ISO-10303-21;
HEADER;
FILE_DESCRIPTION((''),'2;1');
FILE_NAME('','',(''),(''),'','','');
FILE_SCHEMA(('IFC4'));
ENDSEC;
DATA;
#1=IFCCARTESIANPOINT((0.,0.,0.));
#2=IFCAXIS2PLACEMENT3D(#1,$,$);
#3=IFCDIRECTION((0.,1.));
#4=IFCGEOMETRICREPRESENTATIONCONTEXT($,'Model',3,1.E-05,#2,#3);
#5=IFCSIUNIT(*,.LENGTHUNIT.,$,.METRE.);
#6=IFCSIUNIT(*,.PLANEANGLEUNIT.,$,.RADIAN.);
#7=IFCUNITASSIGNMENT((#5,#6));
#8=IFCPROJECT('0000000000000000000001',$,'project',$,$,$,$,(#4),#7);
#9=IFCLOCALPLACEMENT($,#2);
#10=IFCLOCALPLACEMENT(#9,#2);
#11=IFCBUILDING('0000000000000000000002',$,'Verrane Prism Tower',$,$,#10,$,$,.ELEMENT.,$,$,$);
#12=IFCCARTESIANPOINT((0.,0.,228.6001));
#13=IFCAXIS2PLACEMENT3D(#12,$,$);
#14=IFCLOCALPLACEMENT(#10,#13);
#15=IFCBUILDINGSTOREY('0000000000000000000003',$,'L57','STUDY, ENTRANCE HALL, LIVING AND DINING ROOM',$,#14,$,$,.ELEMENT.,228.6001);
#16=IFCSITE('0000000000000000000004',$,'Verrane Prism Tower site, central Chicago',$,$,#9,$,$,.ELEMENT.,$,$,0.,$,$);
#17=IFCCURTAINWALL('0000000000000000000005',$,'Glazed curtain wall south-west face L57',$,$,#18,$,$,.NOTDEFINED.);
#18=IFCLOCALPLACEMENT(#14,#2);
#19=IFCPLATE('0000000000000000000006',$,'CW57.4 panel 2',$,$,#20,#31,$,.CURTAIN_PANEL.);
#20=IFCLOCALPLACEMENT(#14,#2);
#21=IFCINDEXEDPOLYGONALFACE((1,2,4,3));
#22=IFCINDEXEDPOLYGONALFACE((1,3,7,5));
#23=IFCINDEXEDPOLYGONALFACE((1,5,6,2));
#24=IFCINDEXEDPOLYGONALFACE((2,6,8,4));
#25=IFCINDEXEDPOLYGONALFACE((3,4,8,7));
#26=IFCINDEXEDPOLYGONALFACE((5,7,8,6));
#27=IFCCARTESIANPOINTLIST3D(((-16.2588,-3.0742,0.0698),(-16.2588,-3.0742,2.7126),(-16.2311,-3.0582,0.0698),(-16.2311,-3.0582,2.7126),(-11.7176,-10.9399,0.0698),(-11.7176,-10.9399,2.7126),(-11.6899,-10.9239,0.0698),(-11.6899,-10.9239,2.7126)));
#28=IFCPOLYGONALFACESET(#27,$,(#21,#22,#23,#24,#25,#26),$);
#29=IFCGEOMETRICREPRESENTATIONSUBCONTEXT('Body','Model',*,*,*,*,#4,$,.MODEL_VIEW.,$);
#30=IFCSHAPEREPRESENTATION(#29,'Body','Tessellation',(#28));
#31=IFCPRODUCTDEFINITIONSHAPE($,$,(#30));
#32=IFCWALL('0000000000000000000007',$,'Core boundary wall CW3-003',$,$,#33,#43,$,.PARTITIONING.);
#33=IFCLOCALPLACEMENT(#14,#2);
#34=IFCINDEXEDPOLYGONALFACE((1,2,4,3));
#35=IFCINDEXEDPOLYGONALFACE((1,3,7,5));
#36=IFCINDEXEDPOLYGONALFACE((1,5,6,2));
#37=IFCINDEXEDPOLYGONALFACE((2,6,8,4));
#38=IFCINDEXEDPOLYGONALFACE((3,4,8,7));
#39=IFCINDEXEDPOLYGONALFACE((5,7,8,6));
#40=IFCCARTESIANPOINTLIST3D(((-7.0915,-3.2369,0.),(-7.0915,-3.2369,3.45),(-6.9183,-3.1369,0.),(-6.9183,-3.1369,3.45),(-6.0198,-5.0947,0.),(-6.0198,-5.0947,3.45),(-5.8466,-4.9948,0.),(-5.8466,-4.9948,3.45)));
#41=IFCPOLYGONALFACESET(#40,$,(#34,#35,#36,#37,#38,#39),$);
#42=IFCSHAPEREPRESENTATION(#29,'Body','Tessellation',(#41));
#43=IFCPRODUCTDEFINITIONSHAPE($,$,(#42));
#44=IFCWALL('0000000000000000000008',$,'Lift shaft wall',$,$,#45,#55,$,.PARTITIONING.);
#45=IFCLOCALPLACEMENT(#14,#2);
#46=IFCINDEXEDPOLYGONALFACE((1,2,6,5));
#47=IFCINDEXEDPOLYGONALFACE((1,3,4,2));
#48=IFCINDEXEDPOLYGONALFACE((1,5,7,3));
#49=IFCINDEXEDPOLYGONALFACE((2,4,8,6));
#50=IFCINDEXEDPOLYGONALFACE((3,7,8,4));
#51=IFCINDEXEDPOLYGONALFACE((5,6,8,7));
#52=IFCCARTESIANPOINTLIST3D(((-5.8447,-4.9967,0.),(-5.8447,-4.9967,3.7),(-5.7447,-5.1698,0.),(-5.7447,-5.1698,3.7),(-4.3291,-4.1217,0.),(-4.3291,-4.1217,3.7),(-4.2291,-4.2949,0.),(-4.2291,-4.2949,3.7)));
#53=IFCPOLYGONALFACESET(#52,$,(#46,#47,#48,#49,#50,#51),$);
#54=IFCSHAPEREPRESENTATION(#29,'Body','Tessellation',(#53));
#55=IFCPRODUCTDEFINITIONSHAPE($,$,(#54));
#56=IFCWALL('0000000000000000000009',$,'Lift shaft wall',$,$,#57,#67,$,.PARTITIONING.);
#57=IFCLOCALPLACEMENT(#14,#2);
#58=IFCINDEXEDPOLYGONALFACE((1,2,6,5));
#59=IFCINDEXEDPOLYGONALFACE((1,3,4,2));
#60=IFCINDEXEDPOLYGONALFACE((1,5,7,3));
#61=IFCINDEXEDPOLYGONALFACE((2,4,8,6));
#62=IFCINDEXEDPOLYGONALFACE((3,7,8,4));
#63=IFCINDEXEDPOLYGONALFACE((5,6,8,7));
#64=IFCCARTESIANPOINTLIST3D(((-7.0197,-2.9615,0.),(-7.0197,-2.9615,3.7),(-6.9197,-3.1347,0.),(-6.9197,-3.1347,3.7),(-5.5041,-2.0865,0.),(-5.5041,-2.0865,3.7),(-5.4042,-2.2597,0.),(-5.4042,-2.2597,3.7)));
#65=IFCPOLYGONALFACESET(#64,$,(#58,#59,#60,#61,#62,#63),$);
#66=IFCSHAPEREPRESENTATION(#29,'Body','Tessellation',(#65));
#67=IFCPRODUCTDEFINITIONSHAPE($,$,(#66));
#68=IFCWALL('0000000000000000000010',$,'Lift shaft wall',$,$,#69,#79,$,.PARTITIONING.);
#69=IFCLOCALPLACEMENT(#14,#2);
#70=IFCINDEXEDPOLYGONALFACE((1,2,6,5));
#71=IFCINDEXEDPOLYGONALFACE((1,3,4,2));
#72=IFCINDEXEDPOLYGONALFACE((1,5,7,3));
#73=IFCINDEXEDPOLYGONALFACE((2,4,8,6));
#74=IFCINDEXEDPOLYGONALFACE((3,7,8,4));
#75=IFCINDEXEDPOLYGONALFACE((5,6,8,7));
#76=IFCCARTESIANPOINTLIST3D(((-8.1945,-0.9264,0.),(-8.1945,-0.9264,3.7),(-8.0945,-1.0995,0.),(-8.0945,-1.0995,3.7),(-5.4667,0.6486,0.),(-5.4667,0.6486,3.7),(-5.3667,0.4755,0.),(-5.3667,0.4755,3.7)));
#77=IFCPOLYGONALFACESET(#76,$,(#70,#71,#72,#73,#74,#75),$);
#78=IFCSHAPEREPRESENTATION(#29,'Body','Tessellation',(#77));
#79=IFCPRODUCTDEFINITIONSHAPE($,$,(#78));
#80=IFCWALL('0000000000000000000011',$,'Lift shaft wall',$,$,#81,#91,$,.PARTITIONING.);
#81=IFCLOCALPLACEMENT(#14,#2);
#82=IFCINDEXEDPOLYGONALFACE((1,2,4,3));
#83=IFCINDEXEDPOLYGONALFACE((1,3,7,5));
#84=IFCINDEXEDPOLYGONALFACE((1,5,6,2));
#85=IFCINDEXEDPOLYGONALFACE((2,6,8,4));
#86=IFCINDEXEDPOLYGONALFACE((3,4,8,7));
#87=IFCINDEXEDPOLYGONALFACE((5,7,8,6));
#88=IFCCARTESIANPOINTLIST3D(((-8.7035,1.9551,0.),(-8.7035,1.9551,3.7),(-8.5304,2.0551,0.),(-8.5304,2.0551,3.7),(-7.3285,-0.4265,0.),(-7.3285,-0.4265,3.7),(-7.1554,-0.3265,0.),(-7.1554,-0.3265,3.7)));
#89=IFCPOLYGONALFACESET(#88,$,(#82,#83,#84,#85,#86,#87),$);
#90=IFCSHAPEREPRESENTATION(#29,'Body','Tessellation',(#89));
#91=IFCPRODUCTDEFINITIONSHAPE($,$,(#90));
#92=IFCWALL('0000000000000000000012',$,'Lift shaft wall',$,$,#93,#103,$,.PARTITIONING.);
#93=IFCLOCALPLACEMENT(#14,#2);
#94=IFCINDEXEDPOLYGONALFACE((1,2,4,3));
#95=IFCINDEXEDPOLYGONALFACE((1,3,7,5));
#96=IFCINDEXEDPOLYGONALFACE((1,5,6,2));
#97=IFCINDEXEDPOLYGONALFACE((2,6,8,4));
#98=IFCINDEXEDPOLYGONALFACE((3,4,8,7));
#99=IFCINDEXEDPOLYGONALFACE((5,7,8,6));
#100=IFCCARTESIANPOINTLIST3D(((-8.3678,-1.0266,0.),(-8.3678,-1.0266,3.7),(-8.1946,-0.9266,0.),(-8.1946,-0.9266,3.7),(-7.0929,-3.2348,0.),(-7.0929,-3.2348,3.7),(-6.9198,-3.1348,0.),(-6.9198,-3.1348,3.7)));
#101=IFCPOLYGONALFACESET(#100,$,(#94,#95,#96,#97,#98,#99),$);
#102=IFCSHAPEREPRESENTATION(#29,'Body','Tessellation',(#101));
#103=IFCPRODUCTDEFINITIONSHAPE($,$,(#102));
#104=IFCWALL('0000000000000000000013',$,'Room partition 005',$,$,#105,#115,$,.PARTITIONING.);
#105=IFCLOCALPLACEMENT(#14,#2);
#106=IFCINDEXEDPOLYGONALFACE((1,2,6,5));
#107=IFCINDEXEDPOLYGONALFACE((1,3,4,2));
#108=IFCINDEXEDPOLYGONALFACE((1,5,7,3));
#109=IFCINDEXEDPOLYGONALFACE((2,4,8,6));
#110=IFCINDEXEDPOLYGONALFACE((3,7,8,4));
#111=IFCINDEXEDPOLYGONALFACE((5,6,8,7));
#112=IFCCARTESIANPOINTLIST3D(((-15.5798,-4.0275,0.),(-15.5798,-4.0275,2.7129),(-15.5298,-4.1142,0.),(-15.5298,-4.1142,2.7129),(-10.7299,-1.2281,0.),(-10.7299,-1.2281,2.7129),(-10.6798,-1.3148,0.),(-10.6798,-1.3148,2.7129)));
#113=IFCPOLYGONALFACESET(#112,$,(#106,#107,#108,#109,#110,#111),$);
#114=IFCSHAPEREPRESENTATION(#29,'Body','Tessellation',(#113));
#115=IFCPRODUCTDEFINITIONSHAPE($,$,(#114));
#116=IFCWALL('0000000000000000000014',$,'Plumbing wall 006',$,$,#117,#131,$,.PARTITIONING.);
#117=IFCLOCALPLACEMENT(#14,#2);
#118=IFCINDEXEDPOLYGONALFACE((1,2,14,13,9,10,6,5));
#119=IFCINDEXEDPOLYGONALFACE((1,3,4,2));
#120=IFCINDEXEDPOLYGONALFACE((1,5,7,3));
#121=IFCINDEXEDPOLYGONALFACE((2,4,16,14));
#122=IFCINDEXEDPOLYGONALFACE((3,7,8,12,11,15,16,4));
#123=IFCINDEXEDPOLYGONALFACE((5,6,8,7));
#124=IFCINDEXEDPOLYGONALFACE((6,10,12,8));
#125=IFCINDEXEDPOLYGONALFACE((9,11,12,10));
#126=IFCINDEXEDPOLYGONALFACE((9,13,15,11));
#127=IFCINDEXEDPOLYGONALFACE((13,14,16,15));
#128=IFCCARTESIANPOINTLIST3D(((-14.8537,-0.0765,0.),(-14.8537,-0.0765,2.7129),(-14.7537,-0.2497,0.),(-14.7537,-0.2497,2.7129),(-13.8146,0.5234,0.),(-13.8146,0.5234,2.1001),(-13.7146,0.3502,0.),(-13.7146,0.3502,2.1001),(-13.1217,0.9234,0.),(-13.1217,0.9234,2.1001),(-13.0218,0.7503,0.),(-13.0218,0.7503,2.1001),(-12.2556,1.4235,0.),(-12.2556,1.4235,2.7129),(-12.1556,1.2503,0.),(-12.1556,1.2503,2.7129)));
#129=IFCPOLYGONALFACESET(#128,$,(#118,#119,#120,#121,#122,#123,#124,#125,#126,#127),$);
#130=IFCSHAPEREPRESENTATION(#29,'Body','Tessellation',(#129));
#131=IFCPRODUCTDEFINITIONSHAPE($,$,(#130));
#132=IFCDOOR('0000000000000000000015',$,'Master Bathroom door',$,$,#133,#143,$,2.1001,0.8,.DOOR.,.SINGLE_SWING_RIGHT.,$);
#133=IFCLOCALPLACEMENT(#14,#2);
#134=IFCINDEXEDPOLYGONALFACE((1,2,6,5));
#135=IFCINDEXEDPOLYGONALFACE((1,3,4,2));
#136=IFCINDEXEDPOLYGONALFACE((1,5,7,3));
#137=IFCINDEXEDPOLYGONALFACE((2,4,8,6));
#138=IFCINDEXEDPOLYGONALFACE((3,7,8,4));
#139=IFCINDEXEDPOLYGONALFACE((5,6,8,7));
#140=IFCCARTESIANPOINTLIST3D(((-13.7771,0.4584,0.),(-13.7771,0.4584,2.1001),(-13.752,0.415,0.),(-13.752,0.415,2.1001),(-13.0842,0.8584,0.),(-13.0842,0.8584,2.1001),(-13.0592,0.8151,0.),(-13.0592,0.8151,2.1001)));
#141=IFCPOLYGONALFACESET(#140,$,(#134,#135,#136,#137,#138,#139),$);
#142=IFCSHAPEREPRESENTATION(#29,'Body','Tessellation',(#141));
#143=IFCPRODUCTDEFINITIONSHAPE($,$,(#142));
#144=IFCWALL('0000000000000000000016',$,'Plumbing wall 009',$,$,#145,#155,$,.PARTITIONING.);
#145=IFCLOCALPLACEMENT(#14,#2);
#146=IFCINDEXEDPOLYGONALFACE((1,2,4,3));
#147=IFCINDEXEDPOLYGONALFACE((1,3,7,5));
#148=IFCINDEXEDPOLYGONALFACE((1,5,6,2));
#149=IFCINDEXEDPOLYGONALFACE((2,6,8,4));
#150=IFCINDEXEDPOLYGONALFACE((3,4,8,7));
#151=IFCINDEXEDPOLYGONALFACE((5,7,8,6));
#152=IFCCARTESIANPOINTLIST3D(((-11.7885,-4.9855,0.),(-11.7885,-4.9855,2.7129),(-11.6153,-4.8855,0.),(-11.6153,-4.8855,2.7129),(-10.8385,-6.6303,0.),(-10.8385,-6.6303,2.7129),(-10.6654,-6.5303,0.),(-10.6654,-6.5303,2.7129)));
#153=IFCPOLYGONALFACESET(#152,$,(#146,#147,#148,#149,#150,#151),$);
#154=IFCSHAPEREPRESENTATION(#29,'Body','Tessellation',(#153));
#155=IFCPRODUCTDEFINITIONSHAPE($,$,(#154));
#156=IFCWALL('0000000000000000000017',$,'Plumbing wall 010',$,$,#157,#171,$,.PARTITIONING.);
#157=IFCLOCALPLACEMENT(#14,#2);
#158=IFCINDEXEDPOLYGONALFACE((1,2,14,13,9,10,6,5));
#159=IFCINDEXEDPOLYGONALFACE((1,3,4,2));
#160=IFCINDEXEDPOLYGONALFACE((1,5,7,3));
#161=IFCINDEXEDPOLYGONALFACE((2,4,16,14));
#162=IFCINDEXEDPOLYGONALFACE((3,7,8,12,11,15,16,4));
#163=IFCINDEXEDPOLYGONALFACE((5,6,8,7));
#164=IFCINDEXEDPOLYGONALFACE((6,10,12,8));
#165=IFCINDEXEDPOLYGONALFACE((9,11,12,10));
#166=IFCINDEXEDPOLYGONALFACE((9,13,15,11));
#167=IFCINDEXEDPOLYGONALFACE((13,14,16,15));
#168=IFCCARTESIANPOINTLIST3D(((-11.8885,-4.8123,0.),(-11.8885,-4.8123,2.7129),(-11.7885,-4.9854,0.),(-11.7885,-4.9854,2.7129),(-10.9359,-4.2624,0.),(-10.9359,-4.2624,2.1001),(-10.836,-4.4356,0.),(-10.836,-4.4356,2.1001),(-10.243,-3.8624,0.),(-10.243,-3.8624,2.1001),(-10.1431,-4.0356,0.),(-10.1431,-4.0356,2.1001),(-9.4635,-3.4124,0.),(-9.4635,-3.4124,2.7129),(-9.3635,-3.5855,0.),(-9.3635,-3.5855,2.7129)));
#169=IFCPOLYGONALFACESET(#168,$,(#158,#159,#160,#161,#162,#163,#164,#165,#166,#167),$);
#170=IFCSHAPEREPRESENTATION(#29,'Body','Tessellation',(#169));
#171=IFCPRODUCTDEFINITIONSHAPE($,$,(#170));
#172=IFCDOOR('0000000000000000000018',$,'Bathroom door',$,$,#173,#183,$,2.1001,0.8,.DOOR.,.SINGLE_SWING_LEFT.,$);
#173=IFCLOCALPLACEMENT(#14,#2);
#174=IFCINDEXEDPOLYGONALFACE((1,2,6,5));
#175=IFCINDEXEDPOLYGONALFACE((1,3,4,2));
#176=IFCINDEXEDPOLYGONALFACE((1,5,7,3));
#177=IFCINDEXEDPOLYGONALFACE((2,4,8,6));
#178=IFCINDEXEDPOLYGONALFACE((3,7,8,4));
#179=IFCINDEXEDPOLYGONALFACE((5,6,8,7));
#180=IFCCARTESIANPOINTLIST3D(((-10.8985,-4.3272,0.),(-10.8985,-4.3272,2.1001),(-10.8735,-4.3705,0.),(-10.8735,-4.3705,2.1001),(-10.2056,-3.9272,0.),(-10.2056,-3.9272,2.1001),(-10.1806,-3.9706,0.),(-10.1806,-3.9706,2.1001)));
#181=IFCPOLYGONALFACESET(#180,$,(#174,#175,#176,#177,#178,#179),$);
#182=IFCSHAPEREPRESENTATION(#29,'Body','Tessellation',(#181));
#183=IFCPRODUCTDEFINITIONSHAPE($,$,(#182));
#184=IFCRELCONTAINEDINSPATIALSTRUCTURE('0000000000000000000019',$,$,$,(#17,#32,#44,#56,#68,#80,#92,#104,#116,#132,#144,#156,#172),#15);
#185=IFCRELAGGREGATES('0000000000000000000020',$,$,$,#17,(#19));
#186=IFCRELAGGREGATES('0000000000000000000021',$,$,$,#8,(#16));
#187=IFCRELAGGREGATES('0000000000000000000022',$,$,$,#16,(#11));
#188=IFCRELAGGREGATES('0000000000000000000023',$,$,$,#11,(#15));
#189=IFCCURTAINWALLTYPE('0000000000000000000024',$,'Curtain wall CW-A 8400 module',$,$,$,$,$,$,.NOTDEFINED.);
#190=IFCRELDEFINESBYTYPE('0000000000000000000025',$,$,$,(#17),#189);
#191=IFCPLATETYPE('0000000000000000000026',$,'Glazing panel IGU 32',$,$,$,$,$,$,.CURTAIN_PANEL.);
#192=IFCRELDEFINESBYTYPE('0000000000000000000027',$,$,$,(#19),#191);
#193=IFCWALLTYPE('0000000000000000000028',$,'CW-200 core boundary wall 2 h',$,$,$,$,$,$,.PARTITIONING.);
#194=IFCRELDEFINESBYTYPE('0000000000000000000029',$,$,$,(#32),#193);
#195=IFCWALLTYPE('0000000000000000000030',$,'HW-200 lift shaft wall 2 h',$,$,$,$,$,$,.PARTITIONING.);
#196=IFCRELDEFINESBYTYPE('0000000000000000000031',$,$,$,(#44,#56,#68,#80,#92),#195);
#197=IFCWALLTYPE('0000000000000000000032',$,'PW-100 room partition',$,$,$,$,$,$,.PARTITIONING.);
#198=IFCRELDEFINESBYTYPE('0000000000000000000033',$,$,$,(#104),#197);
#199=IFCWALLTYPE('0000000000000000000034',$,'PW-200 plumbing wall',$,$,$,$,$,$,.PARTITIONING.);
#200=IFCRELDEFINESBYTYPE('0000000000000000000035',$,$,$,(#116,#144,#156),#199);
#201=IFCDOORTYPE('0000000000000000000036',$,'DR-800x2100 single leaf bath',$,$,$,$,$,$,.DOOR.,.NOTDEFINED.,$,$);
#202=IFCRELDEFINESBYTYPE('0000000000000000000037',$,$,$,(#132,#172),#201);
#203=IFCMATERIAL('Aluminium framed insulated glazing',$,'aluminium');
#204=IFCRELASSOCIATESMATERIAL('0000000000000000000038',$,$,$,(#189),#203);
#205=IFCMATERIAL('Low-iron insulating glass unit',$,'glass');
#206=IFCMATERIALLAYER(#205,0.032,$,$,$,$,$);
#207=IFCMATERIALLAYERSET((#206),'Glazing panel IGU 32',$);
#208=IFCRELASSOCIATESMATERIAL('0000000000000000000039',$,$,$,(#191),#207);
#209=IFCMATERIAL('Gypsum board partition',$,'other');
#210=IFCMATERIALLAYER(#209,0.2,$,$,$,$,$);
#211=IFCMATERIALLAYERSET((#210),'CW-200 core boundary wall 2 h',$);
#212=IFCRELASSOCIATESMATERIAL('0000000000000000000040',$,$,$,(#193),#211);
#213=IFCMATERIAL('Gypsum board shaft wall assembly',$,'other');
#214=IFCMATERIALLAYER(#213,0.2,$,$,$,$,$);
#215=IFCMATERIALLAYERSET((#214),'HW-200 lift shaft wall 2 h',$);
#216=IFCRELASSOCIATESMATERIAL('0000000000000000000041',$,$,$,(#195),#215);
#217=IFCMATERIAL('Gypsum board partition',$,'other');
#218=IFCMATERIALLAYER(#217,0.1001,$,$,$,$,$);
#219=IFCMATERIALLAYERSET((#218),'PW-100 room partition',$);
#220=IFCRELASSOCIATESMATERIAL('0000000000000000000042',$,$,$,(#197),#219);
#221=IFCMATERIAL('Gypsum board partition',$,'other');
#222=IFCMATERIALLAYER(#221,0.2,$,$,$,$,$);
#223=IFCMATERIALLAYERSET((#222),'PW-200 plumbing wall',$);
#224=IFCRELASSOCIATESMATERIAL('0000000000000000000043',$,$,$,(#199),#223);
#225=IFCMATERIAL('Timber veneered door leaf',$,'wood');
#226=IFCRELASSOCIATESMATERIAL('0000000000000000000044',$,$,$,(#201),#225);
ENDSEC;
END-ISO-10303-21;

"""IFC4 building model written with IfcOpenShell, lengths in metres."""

from ifc_helpers import new_model, si_unit, direction, frame, frame_2d, origin, origin_2d, place, context, subcontext, project, spatial, rectangle, extrude, material, layer, layer_set, type_object, element, fill, aggregate, save


model = new_model("IFC4")

# Units and contexts
model_context = context("Model", 3, precision=1e-05, world=origin(), true_north=direction((0.0, 1.0)))
body_context = subcontext(model_context, "Body", "Model", "MODEL_VIEW")
ifc_project = project(units=[si_unit("LENGTHUNIT", "METRE"), si_unit("PLANEANGLEUNIT", "RADIAN")], contexts=[model_context])

# Site, building, storey
site_placement = place(None, origin())
site = spatial("IfcSite", under=ifc_project, at=site_placement, Name="Verrane Prism Tower site, central Chicago", CompositionType="ELEMENT", RefElevation=0.0)
building_placement = place(site_placement, origin())
building = spatial("IfcBuilding", under=site, at=building_placement, Name="Verrane Prism Tower", CompositionType="ELEMENT")
storey_placement = place(building_placement, frame((0.0, 0.0, 228.6001)))
storey = spatial("IfcBuildingStorey", under=building, at=storey_placement, Name="L57", Description="STUDY, ENTRANCE HALL, LIVING AND DINING ROOM", CompositionType="ELEMENT", Elevation=228.6001)

# Curtain wall
ifc_material_1 = material(Name="Aluminium framed insulated glazing", Category="aluminium")
curtain_wall_type = type_object("IfcCurtainWallType", Name="Curtain wall CW-A 8400 module", PredefinedType="NOTDEFINED", material=ifc_material_1)
curtain_wall_placement = place(storey_placement, origin())
curtain_wall = element("IfcCurtainWall", 1, at=curtain_wall_placement, inside=storey, type_object=curtain_wall_type, Name="Glazed curtain wall south-west face L57", PredefinedType="NOTDEFINED")

# Plate
ifc_material_2 = material(Name="Low-iron insulating glass unit", Category="glass")
ifc_layer_1 = layer(ifc_material_2, 0.032)
ifc_layer_set_1 = layer_set([ifc_layer_1], Name="Glazing panel IGU 32")
plate_type = type_object("IfcPlateType", Name="Glazing panel IGU 32", PredefinedType="CURTAIN_PANEL", material=ifc_layer_set_1)
plate_placement = place(storey_placement, frame((-13.9744, -6.999, 0.0698), z_axis=(0.0, 0.0, 1.0), x_axis=(0.5, -0.866025, 0.0)))
plate = element("IfcPlate", 2, at=plate_placement, type_object=plate_type, Name="CW57.4 panel 2", PredefinedType="CURTAIN_PANEL", context=body_context, shape_type="SweptSolid", body=[
    extrude(rectangle(XDim=9.0825, YDim=0.032, at=origin_2d()), origin(), (0.0, 0.0, 1.0), 2.6428),
])
aggregate(curtain_wall, [plate])

# Walls
ifc_material_3 = material(Name="Gypsum board partition", Category="other")
ifc_layer_2 = layer(ifc_material_3, 0.2)
ifc_layer_set_2 = layer_set([ifc_layer_2], Name="CW-200 core boundary wall 2 h")
wall_type_1 = type_object("IfcWallType", Name="CW-200 core boundary wall 2 h", PredefinedType="PARTITIONING", material=ifc_layer_set_2)
wall_1_placement = place(storey_placement, frame((-7.0049, -3.187, 0.0), z_axis=(0.0, 0.0, 1.0), x_axis=(0.49969, -0.866205, 0.0)))
element("IfcWall", 3, at=wall_1_placement, inside=storey, type_object=wall_type_1, Name="Core boundary wall CW3-003", PredefinedType="PARTITIONING", context=body_context, shape_type="SweptSolid", body=[
    extrude(rectangle(XDim=2.1448, YDim=0.2, at=frame_2d((1.0723, 0.0))), origin(), (0.0, 0.0, 1.0), 3.45),
])
ifc_material_4 = material(Name="Gypsum board shaft wall assembly", Category="other")
ifc_layer_3 = layer(ifc_material_4, 0.2)
ifc_layer_set_3 = layer_set([ifc_layer_3], Name="HW-200 lift shaft wall 2 h")
wall_type_2 = type_object("IfcWallType", Name="HW-200 lift shaft wall 2 h", PredefinedType="PARTITIONING", material=ifc_layer_set_3)
for number, where, z_axis, x_axis, name in (
    (4, (-5.7947, -5.0833, 0.0), (0.0, 0.0, 1.0), (0.866037, 0.49998, 0.0), "Lift shaft wall"),
    (5, (-6.9697, -3.0481, 0.0), (0.0, 0.0, 1.0), (0.866037, 0.49998, 0.0), "Lift shaft wall"),
):
    element("IfcWall", number, at=place(storey_placement, frame(where, z_axis=z_axis, x_axis=x_axis)), inside=storey, type_object=wall_type_2, Name=name, PredefinedType="PARTITIONING", context=body_context, shape_type="SweptSolid", body=[
        extrude(rectangle(XDim=1.75, YDim=0.2, at=frame_2d((0.875, 0.0))), origin(), (0.0, 0.0, 1.0), 3.7),
    ])
wall_2_placement = place(storey_placement, frame((-8.1445, -1.0129, 0.0), z_axis=(0.0, 0.0, 1.0), x_axis=(0.866016, 0.500015, 0.0)))
element("IfcWall", 6, at=wall_2_placement, inside=storey, type_object=wall_type_2, Name="Lift shaft wall", PredefinedType="PARTITIONING", context=body_context, shape_type="SweptSolid", body=[
    extrude(rectangle(XDim=3.1499, YDim=0.2, at=frame_2d((1.575, 0.0))), origin(), (0.0, 0.0, 1.0), 3.7),
])
wall_3_placement = place(storey_placement, frame((-7.2419, -0.3765, 0.0), z_axis=(0.0, 0.0, 1.0), x_axis=(-0.499997, 0.866027, 0.0)))
element("IfcWall", 7, at=wall_3_placement, inside=storey, type_object=wall_type_2, Name="Lift shaft wall", PredefinedType="PARTITIONING", context=body_context, shape_type="SweptSolid", body=[
    extrude(rectangle(XDim=2.75, YDim=0.2, at=frame_2d((1.375, 0.0))), origin(), (0.0, 0.0, 1.0), 3.7),
])
wall_4_placement = place(storey_placement, frame((-7.0063, -3.1848, 0.0), z_axis=(0.0, 0.0, 1.0), x_axis=(-0.49999, 0.866031, 0.0)))
element("IfcWall", 8, at=wall_4_placement, inside=storey, type_object=wall_type_2, Name="Lift shaft wall", PredefinedType="PARTITIONING", context=body_context, shape_type="SweptSolid", body=[
    extrude(rectangle(XDim=2.5498, YDim=0.2, at=frame_2d((1.2749, 0.0))), origin(), (0.0, 0.0, 1.0), 3.7),
])
ifc_material_5 = material(Name="Gypsum board partition", Category="other")
ifc_layer_4 = layer(ifc_material_5, 0.1001)
ifc_layer_set_4 = layer_set([ifc_layer_4], Name="PW-100 room partition")
wall_type_3 = type_object("IfcWallType", Name="PW-100 room partition", PredefinedType="PARTITIONING", material=ifc_layer_set_4)
wall_5_placement = place(storey_placement, frame((-15.5547, -4.0708, 0.0), z_axis=(0.0, 0.0, 1.0), x_axis=(0.866083, 0.4999, 0.0)))
element("IfcWall", 9, at=wall_5_placement, inside=storey, type_object=wall_type_3, Name="Room partition 005", PredefinedType="PARTITIONING", context=body_context, shape_type="SweptSolid", body=[
    extrude(rectangle(XDim=5.5999, YDim=0.1001, at=frame_2d((2.7998, 0.0))), origin(), (0.0, 0.0, 1.0), 2.7129),
])

# Wall, opening, door
ifc_material_6 = material(Name="Gypsum board partition", Category="other")
ifc_layer_5 = layer(ifc_material_6, 0.2)
ifc_layer_set_5 = layer_set([ifc_layer_5], Name="PW-200 plumbing wall")
wall_type_4 = type_object("IfcWallType", Name="PW-200 plumbing wall", PredefinedType="PARTITIONING", material=ifc_layer_set_5)
wall_6_placement = place(storey_placement, frame((-14.8037, -0.1631, 0.0), z_axis=(0.0, 0.0, 1.0), x_axis=(0.866031, 0.49999, 0.0)))
wall_6 = element("IfcWall", 10, at=wall_6_placement, inside=storey, type_object=wall_type_4, Name="Plumbing wall 006", PredefinedType="PARTITIONING", context=body_context, shape_type="SweptSolid", body=[
    extrude(rectangle(XDim=3.0, YDim=0.2, at=frame_2d((1.5, 0.0))), origin(), (0.0, 0.0, 1.0), 2.7129),
])
opening_1_placement = place(wall_6_placement, frame((1.2, 0.0, 0.0)))
opening_1 = element("IfcOpeningElement", 11, at=opening_1_placement, cuts=wall_6, PredefinedType="OPENING", context=body_context, shape_type="SweptSolid", body=[
    extrude(rectangle(XDim=0.8, YDim=2.1001, at=frame_2d((0.3999, 1.05))), frame((0.0, 0.1099, 0.0), z_axis=(0.0, -1.0, 0.0), x_axis=(1.0, 0.0, 0.0)), (0.0, 0.0, 1.0), 0.22),
])
ifc_material_7 = material(Name="Timber veneered door leaf", Category="wood")
door_type = type_object("IfcDoorType", Name="DR-800x2100 single leaf bath", OperationType="NOTDEFINED", PredefinedType="DOOR", material=ifc_material_7)
door_1_placement = place(opening_1_placement, origin())
door_1 = element("IfcDoor", 12, at=door_1_placement, inside=storey, type_object=door_type, Name="Master Bathroom door", OperationType="SINGLE_SWING_RIGHT", OverallHeight=2.1001, OverallWidth=0.8, PredefinedType="DOOR", context=body_context, shape_type="SweptSolid", body=[
    extrude(rectangle(XDim=0.8, YDim=2.1001, at=frame_2d((0.3999, 1.05))), frame((0.0, 0.0249, 0.0), z_axis=(0.0, -1.0, 0.0), x_axis=(1.0, 0.0, 0.0)), (0.0, 0.0, 1.0), 0.05),
])
fill(opening_1, door_1)

# Wall
wall_7_placement = place(storey_placement, frame((-11.7019, -4.9355, 0.0), z_axis=(0.0, 0.0, 1.0), x_axis=(0.500134, -0.865948, 0.0)))
element("IfcWall", 13, at=wall_7_placement, inside=storey, type_object=wall_type_4, Name="Plumbing wall 009", PredefinedType="PARTITIONING", context=body_context, shape_type="SweptSolid", body=[
    extrude(rectangle(XDim=1.8994, YDim=0.2, at=frame_2d((0.9497, 0.0))), origin(), (0.0, 0.0, 1.0), 2.7129),
])

# Wall, opening, door
wall_8_placement = place(storey_placement, frame((-9.4136, -3.499, 0.0), z_axis=(0.0, 0.0, 1.0), x_axis=(-0.866056, -0.499946, 0.0)))
wall_8 = element("IfcWall", 14, at=wall_8_placement, inside=storey, type_object=wall_type_4, Name="Plumbing wall 010", PredefinedType="PARTITIONING", context=body_context, shape_type="SweptSolid", body=[
    extrude(rectangle(XDim=2.8, YDim=0.2, at=frame_2d((1.3999, 0.0))), origin(), (0.0, 0.0, 1.0), 2.7129),
])
opening_2_placement = place(wall_8_placement, frame((0.9001, 0.0, 0.0)))
opening_2 = element("IfcOpeningElement", 15, at=opening_2_placement, cuts=wall_8, PredefinedType="OPENING", context=body_context, shape_type="SweptSolid", body=[
    extrude(rectangle(XDim=0.8, YDim=2.1001, at=frame_2d((0.3999, 1.05))), frame((0.0, 0.1099, 0.0), z_axis=(0.0, -1.0, 0.0), x_axis=(1.0, 0.0, 0.0)), (0.0, 0.0, 1.0), 0.22),
])
door_2_placement = place(opening_2_placement, origin())
door_2 = element("IfcDoor", 16, at=door_2_placement, inside=storey, type_object=door_type, Name="Bathroom door", OperationType="SINGLE_SWING_LEFT", OverallHeight=2.1001, OverallWidth=0.8, PredefinedType="DOOR", context=body_context, shape_type="SweptSolid", body=[
    extrude(rectangle(XDim=0.8, YDim=2.1001, at=frame_2d((0.3999, 1.05))), frame((0.0, 0.0249, 0.0), z_axis=(0.0, -1.0, 0.0), x_axis=(1.0, 0.0, 0.0)), (0.0, 0.0, 1.0), 0.05),
])
fill(opening_2, door_2)

save(model, "model.ifc")
